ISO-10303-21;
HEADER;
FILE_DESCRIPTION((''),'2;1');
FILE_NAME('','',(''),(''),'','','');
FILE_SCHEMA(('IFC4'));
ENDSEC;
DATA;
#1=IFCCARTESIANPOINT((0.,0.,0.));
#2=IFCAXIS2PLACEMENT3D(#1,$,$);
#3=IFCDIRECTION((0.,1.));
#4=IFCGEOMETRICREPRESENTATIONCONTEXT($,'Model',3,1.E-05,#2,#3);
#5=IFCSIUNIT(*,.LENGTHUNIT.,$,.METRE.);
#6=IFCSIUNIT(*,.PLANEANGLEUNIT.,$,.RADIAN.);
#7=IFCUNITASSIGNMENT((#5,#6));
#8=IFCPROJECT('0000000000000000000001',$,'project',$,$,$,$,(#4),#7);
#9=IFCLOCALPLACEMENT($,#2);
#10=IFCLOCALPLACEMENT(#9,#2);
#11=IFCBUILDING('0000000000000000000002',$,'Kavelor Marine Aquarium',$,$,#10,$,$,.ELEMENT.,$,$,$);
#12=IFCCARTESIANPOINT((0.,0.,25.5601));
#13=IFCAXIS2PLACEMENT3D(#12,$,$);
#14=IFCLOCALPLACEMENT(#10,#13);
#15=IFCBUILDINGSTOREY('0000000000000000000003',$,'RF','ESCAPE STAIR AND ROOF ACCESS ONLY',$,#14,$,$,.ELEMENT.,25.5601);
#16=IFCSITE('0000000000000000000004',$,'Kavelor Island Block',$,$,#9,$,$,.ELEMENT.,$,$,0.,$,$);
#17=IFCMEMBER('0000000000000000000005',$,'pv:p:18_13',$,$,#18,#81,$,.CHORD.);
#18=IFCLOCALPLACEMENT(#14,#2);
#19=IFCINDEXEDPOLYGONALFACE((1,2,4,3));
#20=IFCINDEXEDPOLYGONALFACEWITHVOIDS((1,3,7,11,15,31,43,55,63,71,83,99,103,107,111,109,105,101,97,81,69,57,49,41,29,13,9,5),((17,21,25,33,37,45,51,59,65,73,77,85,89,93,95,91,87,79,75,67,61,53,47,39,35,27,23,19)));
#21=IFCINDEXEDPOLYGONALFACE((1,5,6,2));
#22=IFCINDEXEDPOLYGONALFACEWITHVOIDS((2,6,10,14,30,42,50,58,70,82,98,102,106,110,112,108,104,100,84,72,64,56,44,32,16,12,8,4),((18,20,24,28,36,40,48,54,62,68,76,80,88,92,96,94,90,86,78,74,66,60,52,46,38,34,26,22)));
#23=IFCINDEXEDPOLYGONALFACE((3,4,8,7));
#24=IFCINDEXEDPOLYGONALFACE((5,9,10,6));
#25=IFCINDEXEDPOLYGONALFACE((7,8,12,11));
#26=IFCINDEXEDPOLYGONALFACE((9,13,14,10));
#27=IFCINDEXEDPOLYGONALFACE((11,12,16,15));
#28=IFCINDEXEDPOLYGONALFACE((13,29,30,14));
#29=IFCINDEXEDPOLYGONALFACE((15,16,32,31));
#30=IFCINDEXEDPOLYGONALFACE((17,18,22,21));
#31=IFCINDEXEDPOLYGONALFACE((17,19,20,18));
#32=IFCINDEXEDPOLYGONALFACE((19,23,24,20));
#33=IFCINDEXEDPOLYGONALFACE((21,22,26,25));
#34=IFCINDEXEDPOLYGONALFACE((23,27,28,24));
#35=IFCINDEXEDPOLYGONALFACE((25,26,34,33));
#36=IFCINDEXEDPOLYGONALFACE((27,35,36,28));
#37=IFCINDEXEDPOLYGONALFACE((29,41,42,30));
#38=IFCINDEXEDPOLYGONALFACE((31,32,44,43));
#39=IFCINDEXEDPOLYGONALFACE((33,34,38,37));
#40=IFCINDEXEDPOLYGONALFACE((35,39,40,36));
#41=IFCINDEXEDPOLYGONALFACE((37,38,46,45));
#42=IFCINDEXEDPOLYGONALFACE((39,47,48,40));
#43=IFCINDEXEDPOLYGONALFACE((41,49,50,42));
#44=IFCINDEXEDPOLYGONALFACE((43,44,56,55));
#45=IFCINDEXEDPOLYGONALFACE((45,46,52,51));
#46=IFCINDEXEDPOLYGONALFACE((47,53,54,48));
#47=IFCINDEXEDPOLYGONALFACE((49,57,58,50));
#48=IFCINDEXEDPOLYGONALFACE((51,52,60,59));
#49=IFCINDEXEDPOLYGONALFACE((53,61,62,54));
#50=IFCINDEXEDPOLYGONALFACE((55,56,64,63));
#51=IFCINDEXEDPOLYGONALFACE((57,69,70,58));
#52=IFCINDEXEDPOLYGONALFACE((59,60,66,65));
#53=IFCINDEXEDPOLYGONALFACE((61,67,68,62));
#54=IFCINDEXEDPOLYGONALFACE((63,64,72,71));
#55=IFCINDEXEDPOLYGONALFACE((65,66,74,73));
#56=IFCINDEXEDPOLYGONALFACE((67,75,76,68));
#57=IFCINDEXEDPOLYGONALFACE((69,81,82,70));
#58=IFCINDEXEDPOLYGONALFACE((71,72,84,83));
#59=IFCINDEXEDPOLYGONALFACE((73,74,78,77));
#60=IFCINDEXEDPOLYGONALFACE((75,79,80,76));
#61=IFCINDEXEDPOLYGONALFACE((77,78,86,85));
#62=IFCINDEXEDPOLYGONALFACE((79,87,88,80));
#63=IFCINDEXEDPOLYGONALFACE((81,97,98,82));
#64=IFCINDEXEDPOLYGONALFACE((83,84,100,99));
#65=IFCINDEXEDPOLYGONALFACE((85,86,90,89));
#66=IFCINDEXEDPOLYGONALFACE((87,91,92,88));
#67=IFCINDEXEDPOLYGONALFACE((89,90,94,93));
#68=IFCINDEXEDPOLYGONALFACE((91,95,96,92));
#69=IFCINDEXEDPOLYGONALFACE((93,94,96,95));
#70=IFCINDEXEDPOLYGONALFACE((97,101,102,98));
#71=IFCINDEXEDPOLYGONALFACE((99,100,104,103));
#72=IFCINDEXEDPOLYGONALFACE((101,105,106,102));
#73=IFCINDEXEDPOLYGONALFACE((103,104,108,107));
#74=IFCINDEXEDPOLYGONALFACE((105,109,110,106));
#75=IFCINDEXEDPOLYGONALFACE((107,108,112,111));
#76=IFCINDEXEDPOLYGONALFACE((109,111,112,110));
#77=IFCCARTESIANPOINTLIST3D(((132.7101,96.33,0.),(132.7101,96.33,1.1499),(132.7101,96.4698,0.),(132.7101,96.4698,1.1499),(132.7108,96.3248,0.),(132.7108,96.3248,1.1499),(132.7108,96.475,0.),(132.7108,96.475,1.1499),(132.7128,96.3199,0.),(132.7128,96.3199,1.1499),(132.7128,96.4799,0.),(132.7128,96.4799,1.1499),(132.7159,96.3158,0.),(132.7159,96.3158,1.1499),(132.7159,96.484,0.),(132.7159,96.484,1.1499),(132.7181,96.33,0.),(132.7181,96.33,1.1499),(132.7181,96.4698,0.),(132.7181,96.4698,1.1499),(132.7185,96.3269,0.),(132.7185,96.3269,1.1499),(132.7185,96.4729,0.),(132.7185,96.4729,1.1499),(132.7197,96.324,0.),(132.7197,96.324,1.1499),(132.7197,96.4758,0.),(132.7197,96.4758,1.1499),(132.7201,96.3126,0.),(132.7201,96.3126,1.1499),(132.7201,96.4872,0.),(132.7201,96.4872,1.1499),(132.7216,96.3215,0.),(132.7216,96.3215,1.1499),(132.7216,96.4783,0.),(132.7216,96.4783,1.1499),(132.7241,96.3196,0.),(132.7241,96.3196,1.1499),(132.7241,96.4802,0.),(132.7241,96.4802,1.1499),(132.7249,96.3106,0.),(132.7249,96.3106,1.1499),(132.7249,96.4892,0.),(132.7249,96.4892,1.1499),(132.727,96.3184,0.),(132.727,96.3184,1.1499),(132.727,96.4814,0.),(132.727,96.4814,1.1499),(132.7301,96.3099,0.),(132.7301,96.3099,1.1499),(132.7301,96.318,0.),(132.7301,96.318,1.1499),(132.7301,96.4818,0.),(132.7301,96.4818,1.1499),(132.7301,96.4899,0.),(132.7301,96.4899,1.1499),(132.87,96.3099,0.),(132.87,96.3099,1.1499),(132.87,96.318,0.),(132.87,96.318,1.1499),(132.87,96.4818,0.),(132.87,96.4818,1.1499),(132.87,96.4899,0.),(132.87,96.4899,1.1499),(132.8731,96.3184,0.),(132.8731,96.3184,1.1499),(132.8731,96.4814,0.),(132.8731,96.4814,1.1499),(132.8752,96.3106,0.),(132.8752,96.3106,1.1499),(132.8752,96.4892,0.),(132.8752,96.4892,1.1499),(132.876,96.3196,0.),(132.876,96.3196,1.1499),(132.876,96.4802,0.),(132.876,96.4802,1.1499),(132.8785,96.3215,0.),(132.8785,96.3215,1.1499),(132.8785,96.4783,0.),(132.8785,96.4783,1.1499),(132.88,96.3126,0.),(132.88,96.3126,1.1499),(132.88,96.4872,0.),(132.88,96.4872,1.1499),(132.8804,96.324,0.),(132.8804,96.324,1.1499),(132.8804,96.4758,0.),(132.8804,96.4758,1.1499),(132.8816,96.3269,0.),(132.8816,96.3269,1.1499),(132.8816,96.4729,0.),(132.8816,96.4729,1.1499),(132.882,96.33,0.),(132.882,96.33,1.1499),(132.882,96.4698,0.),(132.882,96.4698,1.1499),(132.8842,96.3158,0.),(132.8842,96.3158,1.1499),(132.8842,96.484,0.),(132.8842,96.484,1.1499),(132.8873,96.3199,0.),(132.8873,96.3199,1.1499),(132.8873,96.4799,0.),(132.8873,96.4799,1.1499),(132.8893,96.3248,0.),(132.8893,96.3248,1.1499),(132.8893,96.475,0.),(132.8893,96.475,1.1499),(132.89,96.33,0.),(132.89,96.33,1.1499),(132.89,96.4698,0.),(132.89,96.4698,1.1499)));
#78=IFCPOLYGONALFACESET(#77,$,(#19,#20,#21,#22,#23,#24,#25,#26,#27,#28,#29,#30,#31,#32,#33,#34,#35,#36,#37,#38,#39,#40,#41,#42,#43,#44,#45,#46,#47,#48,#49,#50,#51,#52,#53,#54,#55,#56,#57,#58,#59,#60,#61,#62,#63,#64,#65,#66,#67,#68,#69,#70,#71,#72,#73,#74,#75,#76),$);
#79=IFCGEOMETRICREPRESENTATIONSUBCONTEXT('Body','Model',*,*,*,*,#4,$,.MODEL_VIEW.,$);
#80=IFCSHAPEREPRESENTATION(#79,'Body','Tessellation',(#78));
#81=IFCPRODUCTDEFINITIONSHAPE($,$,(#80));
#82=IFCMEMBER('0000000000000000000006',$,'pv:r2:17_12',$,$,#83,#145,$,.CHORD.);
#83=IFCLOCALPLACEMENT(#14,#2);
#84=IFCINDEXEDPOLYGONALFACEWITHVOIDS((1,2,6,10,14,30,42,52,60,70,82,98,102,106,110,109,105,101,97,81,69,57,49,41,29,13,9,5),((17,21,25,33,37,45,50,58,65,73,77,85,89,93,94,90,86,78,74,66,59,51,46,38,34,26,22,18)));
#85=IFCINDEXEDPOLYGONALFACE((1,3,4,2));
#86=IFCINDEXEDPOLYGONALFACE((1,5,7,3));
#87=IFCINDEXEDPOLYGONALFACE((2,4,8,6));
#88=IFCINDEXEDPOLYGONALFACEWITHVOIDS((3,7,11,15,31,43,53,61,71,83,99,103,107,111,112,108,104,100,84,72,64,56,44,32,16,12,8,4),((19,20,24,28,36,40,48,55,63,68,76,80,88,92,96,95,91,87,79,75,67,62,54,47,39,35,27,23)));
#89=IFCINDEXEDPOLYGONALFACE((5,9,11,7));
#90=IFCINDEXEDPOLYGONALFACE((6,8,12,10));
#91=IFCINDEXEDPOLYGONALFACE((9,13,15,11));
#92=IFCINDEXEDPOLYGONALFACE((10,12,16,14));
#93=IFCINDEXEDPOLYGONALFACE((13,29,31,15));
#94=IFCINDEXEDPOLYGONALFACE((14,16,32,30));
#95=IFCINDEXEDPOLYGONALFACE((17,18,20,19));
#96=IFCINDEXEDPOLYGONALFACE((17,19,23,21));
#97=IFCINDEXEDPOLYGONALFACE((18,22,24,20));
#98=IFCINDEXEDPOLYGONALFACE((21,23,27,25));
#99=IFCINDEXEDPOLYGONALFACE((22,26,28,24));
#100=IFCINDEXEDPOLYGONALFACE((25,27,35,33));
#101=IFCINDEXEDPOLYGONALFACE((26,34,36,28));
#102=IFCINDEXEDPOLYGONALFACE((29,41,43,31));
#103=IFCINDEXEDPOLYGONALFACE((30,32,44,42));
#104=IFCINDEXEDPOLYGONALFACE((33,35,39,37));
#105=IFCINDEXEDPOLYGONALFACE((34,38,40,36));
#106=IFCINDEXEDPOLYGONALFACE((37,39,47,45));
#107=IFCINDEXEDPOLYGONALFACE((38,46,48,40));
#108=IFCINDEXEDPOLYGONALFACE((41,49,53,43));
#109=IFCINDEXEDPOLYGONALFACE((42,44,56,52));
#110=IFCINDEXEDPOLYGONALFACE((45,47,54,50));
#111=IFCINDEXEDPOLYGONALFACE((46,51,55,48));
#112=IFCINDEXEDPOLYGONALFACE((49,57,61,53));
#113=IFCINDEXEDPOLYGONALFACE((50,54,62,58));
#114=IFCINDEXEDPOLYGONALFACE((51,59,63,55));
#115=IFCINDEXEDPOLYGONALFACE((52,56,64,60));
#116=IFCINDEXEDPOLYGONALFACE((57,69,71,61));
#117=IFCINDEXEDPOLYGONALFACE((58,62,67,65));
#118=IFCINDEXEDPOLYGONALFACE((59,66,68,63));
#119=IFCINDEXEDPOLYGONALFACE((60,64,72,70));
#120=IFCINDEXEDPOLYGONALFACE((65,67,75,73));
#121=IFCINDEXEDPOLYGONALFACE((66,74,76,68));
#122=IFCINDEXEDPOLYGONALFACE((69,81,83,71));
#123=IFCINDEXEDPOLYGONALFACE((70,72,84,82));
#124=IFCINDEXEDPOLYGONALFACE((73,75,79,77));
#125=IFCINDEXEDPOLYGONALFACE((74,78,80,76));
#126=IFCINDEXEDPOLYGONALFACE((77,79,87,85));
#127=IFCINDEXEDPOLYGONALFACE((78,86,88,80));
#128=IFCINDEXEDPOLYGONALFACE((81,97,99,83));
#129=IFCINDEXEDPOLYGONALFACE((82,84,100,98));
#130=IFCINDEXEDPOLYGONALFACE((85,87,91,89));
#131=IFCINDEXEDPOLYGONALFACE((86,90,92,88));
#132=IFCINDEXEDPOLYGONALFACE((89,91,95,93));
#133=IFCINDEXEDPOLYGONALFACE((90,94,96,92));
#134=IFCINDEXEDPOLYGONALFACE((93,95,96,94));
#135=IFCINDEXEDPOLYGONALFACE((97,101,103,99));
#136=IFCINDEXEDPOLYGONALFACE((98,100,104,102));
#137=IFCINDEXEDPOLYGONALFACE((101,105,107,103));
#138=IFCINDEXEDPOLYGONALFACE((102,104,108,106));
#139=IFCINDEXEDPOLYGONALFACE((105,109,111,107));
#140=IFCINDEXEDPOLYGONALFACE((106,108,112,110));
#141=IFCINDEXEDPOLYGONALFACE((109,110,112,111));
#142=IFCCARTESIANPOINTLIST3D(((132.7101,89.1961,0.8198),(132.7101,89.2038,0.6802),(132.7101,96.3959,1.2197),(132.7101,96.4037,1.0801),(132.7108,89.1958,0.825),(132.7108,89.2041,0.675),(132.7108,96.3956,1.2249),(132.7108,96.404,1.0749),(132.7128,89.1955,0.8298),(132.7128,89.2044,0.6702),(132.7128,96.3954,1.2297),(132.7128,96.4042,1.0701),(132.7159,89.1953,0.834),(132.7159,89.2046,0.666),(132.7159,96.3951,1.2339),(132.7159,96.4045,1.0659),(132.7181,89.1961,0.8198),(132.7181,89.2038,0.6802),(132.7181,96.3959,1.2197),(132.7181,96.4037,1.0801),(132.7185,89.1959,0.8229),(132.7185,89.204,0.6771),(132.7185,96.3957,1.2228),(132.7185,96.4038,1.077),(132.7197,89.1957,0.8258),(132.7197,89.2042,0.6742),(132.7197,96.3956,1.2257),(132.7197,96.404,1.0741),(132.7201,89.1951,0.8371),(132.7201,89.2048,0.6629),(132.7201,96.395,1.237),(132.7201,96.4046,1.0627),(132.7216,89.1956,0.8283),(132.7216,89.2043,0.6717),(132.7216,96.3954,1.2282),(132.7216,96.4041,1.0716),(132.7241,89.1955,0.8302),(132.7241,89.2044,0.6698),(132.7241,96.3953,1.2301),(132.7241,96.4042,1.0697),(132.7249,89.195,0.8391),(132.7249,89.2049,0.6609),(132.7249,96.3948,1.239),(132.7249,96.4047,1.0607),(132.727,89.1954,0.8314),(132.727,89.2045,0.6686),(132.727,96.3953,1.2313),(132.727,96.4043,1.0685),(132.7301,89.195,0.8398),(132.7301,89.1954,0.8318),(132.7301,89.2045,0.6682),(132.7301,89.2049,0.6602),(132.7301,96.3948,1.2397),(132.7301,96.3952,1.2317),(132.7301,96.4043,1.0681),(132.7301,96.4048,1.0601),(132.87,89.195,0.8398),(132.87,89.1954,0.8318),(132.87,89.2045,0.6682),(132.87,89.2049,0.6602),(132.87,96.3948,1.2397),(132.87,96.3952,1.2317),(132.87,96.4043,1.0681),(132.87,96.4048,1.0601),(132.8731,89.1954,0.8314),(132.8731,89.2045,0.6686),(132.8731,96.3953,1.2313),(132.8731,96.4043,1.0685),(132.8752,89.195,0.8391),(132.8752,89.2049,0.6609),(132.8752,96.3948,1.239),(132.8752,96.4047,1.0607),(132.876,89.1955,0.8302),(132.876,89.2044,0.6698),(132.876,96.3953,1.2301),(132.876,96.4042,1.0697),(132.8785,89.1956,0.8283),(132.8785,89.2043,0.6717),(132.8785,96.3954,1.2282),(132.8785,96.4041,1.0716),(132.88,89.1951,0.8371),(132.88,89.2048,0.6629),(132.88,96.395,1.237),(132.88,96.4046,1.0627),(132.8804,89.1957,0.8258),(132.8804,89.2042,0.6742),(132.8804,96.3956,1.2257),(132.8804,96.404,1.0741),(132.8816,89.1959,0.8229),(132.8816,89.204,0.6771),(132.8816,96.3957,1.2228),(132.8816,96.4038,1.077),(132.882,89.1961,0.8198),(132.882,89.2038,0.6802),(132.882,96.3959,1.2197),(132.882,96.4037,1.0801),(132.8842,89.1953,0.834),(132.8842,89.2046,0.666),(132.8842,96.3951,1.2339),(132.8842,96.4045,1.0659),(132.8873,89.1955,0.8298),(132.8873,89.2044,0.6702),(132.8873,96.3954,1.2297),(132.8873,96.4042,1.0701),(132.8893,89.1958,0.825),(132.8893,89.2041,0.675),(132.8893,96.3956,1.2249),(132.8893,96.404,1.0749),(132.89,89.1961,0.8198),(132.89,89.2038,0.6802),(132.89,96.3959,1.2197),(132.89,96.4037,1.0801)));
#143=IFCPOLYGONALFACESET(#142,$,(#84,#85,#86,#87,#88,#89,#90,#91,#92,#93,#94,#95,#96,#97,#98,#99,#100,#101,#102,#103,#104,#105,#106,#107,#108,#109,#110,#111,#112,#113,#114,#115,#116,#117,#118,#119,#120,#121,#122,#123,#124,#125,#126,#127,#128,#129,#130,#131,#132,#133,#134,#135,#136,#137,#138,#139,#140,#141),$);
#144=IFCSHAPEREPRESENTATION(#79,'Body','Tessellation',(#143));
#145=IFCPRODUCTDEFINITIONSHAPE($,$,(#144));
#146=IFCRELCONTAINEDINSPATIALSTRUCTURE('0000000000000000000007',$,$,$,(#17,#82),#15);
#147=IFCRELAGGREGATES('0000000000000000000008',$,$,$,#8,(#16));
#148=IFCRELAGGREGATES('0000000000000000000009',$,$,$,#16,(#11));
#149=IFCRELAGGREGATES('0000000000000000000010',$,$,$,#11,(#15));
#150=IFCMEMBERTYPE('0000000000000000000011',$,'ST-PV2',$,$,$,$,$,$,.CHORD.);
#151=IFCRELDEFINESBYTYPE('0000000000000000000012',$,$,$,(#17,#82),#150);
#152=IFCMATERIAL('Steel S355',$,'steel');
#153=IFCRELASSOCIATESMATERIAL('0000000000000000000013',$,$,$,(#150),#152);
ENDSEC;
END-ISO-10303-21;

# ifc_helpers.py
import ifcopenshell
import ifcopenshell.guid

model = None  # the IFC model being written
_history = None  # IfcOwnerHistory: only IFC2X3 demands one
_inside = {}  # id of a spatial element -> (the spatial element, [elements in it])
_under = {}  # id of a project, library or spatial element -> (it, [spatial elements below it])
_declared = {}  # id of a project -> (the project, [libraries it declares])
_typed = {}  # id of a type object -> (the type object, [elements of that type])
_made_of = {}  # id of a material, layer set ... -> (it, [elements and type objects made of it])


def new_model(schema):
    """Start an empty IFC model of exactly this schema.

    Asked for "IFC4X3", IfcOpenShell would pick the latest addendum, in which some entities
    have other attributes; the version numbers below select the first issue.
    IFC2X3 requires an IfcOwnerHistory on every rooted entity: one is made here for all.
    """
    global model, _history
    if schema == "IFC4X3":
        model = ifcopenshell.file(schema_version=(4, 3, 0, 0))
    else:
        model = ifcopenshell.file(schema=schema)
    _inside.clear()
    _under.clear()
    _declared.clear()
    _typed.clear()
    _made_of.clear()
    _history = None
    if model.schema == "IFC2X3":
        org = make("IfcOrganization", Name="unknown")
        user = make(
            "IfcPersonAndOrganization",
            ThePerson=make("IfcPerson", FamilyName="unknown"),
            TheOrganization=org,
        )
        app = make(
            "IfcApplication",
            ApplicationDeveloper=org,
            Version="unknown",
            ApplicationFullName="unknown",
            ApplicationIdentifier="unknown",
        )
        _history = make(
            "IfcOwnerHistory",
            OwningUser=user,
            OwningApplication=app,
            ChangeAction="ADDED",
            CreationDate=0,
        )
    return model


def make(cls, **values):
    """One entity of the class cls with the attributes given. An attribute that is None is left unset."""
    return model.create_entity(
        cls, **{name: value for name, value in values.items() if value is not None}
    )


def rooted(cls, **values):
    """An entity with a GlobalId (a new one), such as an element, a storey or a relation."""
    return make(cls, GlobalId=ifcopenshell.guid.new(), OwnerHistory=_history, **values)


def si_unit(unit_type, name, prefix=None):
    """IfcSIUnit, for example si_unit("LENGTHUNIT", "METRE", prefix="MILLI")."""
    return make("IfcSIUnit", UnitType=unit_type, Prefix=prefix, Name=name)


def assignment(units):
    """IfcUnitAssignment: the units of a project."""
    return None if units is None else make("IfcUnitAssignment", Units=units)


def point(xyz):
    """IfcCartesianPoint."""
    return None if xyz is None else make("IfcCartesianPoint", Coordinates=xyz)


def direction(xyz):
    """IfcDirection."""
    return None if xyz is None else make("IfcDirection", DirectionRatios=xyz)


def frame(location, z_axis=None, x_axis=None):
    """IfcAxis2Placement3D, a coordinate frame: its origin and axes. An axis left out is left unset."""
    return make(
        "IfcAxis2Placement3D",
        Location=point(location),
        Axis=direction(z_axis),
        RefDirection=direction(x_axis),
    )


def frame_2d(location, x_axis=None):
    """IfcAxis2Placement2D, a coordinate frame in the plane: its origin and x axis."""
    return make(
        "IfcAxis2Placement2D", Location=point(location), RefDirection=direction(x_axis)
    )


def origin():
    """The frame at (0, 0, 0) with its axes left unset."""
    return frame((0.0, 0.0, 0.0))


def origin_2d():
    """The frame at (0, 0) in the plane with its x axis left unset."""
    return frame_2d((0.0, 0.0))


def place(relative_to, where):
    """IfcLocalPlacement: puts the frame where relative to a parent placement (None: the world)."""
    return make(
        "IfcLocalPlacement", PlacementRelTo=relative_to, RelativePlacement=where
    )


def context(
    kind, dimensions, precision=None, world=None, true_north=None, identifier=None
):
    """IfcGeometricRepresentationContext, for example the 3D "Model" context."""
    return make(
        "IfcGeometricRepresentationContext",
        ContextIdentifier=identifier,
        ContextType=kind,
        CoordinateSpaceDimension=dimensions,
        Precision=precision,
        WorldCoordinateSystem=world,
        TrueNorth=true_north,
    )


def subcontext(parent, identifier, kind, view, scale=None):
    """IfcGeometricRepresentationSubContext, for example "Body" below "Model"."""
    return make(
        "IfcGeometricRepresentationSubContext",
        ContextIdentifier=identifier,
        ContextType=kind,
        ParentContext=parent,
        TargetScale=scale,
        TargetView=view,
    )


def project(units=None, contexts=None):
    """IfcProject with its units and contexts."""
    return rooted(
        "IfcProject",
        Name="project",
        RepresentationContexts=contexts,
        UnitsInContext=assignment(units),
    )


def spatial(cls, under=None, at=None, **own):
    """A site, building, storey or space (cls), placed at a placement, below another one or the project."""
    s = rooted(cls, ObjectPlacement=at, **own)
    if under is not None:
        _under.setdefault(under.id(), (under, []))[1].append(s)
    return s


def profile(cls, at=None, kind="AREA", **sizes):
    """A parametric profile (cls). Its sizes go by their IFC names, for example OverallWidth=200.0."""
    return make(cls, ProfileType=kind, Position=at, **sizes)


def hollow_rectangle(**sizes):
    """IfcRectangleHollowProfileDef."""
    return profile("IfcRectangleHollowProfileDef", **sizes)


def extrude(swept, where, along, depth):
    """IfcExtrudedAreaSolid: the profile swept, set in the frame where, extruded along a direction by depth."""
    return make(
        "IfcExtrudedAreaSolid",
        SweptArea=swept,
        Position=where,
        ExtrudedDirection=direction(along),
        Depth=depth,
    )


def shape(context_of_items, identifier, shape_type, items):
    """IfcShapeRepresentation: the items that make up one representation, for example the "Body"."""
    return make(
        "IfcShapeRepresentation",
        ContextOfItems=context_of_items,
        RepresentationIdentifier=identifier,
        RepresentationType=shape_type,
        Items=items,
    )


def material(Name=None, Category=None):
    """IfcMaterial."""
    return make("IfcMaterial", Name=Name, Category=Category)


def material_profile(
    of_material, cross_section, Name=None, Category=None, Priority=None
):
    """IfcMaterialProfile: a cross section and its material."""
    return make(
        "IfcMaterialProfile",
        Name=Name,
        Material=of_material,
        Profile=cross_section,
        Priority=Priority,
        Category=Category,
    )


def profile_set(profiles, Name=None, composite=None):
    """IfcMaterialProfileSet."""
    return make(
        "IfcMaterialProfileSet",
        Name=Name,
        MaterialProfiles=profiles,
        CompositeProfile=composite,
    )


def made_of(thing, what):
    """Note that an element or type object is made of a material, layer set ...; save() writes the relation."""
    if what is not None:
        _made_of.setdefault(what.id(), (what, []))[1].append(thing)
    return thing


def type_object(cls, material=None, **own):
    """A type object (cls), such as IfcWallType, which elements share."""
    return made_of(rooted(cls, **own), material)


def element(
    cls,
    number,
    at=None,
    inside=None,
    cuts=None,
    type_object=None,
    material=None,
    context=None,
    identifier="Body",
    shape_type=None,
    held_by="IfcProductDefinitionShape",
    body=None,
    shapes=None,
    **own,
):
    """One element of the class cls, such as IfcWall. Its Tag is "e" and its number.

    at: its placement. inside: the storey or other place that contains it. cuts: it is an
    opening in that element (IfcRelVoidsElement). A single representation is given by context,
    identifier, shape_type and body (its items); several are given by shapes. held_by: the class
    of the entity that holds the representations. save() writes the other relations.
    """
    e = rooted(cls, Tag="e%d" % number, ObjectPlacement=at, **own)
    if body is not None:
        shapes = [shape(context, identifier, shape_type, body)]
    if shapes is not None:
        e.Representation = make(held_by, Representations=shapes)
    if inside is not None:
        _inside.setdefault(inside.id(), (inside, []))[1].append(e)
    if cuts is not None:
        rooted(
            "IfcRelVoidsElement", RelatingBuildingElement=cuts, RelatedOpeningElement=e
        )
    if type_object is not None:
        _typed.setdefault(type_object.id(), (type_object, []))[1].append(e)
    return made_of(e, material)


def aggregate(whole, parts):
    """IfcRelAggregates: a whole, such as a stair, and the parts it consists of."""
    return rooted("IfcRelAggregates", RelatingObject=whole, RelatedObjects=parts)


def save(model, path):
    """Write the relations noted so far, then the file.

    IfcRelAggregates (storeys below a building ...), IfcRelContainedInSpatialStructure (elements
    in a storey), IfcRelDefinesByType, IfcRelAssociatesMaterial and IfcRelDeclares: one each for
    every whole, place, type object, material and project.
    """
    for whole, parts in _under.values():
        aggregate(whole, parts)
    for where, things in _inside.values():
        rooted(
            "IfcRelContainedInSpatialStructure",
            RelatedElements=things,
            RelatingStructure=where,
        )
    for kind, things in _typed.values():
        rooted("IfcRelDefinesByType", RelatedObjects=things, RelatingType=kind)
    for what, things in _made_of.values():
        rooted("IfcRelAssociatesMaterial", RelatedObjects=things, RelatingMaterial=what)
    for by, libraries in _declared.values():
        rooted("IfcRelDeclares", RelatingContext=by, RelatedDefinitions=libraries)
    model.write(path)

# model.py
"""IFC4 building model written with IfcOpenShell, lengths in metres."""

from ifc_helpers import new_model, si_unit, direction, frame, origin, origin_2d, place, context, subcontext, project, spatial, hollow_rectangle, extrude, material, material_profile, profile_set, type_object, element, save


model = new_model("IFC4")

# Units and contexts
model_context = context("Model", 3, precision=1e-05, world=origin(), true_north=direction((0.0, 1.0)))
body_context = subcontext(model_context, "Body", "Model", "MODEL_VIEW")
ifc_project = project(units=[si_unit("LENGTHUNIT", "METRE"), si_unit("PLANEANGLEUNIT", "RADIAN")], contexts=[model_context])

# Site, building, storey
site_placement = place(None, origin())
site = spatial("IfcSite", under=ifc_project, at=site_placement, Name="Kavelor Island Block", CompositionType="ELEMENT", RefElevation=0.0)
building_placement = place(site_placement, origin())
building = spatial("IfcBuilding", under=site, at=building_placement, Name="Kavelor Marine Aquarium", CompositionType="ELEMENT")
storey_placement = place(building_placement, frame((0.0, 0.0, 25.5601)))
storey = spatial("IfcBuildingStorey", under=building, at=storey_placement, Name="RF", Description="ESCAPE STAIR AND ROOF ACCESS ONLY", CompositionType="ELEMENT", Elevation=25.5601)

# Members
ifc_material_1 = material(Name="Steel S355", Category="steel")
ifc_material_profile_1 = material_profile(ifc_material_1, hollow_rectangle(XDim=0.1799, YDim=0.1799, WallThickness=0.0081, InnerFilletRadius=0.012, OuterFilletRadius=0.02, at=origin_2d()), Name="SHS 180x180x8.0")
ifc_profile_set_1 = profile_set([ifc_material_profile_1], Name="Steel S355")
member_type_1 = type_object("IfcMemberType", Name="ST-PV2", PredefinedType="CHORD", material=ifc_profile_set_1)
member_1_placement = place(storey_placement, frame((132.8, 96.3999, 0.0), z_axis=(0.0, 0.0, 1.0), x_axis=(1.0, 0.0, 0.0)))
element("IfcMember", 1, at=member_1_placement, inside=storey, type_object=member_type_1, Name="pv:p:18_13", PredefinedType="CHORD", context=body_context, shape_type="SweptSolid", body=[
    extrude(hollow_rectangle(XDim=0.1799, YDim=0.1799, WallThickness=0.0081, InnerFilletRadius=0.012, OuterFilletRadius=0.02, at=origin_2d()), origin(), (0.0, 0.0, 1.0), 1.1499),
])
member_2_placement = place(storey_placement, frame((132.8, 89.2, 0.75), z_axis=(0.0, 0.998461, 0.055457), x_axis=(-1.0, 0.0, 0.0)))
element("IfcMember", 2, at=member_2_placement, inside=storey, type_object=member_type_1, Name="pv:r2:17_12", PredefinedType="CHORD", context=body_context, shape_type="SweptSolid", body=[
    extrude(hollow_rectangle(XDim=0.1799, YDim=0.1799, WallThickness=0.0081, InnerFilletRadius=0.012, OuterFilletRadius=0.02, at=origin_2d()), origin(), (0.0, 0.0, 1.0), 7.2109),
])

save(model, "model.ifc")
